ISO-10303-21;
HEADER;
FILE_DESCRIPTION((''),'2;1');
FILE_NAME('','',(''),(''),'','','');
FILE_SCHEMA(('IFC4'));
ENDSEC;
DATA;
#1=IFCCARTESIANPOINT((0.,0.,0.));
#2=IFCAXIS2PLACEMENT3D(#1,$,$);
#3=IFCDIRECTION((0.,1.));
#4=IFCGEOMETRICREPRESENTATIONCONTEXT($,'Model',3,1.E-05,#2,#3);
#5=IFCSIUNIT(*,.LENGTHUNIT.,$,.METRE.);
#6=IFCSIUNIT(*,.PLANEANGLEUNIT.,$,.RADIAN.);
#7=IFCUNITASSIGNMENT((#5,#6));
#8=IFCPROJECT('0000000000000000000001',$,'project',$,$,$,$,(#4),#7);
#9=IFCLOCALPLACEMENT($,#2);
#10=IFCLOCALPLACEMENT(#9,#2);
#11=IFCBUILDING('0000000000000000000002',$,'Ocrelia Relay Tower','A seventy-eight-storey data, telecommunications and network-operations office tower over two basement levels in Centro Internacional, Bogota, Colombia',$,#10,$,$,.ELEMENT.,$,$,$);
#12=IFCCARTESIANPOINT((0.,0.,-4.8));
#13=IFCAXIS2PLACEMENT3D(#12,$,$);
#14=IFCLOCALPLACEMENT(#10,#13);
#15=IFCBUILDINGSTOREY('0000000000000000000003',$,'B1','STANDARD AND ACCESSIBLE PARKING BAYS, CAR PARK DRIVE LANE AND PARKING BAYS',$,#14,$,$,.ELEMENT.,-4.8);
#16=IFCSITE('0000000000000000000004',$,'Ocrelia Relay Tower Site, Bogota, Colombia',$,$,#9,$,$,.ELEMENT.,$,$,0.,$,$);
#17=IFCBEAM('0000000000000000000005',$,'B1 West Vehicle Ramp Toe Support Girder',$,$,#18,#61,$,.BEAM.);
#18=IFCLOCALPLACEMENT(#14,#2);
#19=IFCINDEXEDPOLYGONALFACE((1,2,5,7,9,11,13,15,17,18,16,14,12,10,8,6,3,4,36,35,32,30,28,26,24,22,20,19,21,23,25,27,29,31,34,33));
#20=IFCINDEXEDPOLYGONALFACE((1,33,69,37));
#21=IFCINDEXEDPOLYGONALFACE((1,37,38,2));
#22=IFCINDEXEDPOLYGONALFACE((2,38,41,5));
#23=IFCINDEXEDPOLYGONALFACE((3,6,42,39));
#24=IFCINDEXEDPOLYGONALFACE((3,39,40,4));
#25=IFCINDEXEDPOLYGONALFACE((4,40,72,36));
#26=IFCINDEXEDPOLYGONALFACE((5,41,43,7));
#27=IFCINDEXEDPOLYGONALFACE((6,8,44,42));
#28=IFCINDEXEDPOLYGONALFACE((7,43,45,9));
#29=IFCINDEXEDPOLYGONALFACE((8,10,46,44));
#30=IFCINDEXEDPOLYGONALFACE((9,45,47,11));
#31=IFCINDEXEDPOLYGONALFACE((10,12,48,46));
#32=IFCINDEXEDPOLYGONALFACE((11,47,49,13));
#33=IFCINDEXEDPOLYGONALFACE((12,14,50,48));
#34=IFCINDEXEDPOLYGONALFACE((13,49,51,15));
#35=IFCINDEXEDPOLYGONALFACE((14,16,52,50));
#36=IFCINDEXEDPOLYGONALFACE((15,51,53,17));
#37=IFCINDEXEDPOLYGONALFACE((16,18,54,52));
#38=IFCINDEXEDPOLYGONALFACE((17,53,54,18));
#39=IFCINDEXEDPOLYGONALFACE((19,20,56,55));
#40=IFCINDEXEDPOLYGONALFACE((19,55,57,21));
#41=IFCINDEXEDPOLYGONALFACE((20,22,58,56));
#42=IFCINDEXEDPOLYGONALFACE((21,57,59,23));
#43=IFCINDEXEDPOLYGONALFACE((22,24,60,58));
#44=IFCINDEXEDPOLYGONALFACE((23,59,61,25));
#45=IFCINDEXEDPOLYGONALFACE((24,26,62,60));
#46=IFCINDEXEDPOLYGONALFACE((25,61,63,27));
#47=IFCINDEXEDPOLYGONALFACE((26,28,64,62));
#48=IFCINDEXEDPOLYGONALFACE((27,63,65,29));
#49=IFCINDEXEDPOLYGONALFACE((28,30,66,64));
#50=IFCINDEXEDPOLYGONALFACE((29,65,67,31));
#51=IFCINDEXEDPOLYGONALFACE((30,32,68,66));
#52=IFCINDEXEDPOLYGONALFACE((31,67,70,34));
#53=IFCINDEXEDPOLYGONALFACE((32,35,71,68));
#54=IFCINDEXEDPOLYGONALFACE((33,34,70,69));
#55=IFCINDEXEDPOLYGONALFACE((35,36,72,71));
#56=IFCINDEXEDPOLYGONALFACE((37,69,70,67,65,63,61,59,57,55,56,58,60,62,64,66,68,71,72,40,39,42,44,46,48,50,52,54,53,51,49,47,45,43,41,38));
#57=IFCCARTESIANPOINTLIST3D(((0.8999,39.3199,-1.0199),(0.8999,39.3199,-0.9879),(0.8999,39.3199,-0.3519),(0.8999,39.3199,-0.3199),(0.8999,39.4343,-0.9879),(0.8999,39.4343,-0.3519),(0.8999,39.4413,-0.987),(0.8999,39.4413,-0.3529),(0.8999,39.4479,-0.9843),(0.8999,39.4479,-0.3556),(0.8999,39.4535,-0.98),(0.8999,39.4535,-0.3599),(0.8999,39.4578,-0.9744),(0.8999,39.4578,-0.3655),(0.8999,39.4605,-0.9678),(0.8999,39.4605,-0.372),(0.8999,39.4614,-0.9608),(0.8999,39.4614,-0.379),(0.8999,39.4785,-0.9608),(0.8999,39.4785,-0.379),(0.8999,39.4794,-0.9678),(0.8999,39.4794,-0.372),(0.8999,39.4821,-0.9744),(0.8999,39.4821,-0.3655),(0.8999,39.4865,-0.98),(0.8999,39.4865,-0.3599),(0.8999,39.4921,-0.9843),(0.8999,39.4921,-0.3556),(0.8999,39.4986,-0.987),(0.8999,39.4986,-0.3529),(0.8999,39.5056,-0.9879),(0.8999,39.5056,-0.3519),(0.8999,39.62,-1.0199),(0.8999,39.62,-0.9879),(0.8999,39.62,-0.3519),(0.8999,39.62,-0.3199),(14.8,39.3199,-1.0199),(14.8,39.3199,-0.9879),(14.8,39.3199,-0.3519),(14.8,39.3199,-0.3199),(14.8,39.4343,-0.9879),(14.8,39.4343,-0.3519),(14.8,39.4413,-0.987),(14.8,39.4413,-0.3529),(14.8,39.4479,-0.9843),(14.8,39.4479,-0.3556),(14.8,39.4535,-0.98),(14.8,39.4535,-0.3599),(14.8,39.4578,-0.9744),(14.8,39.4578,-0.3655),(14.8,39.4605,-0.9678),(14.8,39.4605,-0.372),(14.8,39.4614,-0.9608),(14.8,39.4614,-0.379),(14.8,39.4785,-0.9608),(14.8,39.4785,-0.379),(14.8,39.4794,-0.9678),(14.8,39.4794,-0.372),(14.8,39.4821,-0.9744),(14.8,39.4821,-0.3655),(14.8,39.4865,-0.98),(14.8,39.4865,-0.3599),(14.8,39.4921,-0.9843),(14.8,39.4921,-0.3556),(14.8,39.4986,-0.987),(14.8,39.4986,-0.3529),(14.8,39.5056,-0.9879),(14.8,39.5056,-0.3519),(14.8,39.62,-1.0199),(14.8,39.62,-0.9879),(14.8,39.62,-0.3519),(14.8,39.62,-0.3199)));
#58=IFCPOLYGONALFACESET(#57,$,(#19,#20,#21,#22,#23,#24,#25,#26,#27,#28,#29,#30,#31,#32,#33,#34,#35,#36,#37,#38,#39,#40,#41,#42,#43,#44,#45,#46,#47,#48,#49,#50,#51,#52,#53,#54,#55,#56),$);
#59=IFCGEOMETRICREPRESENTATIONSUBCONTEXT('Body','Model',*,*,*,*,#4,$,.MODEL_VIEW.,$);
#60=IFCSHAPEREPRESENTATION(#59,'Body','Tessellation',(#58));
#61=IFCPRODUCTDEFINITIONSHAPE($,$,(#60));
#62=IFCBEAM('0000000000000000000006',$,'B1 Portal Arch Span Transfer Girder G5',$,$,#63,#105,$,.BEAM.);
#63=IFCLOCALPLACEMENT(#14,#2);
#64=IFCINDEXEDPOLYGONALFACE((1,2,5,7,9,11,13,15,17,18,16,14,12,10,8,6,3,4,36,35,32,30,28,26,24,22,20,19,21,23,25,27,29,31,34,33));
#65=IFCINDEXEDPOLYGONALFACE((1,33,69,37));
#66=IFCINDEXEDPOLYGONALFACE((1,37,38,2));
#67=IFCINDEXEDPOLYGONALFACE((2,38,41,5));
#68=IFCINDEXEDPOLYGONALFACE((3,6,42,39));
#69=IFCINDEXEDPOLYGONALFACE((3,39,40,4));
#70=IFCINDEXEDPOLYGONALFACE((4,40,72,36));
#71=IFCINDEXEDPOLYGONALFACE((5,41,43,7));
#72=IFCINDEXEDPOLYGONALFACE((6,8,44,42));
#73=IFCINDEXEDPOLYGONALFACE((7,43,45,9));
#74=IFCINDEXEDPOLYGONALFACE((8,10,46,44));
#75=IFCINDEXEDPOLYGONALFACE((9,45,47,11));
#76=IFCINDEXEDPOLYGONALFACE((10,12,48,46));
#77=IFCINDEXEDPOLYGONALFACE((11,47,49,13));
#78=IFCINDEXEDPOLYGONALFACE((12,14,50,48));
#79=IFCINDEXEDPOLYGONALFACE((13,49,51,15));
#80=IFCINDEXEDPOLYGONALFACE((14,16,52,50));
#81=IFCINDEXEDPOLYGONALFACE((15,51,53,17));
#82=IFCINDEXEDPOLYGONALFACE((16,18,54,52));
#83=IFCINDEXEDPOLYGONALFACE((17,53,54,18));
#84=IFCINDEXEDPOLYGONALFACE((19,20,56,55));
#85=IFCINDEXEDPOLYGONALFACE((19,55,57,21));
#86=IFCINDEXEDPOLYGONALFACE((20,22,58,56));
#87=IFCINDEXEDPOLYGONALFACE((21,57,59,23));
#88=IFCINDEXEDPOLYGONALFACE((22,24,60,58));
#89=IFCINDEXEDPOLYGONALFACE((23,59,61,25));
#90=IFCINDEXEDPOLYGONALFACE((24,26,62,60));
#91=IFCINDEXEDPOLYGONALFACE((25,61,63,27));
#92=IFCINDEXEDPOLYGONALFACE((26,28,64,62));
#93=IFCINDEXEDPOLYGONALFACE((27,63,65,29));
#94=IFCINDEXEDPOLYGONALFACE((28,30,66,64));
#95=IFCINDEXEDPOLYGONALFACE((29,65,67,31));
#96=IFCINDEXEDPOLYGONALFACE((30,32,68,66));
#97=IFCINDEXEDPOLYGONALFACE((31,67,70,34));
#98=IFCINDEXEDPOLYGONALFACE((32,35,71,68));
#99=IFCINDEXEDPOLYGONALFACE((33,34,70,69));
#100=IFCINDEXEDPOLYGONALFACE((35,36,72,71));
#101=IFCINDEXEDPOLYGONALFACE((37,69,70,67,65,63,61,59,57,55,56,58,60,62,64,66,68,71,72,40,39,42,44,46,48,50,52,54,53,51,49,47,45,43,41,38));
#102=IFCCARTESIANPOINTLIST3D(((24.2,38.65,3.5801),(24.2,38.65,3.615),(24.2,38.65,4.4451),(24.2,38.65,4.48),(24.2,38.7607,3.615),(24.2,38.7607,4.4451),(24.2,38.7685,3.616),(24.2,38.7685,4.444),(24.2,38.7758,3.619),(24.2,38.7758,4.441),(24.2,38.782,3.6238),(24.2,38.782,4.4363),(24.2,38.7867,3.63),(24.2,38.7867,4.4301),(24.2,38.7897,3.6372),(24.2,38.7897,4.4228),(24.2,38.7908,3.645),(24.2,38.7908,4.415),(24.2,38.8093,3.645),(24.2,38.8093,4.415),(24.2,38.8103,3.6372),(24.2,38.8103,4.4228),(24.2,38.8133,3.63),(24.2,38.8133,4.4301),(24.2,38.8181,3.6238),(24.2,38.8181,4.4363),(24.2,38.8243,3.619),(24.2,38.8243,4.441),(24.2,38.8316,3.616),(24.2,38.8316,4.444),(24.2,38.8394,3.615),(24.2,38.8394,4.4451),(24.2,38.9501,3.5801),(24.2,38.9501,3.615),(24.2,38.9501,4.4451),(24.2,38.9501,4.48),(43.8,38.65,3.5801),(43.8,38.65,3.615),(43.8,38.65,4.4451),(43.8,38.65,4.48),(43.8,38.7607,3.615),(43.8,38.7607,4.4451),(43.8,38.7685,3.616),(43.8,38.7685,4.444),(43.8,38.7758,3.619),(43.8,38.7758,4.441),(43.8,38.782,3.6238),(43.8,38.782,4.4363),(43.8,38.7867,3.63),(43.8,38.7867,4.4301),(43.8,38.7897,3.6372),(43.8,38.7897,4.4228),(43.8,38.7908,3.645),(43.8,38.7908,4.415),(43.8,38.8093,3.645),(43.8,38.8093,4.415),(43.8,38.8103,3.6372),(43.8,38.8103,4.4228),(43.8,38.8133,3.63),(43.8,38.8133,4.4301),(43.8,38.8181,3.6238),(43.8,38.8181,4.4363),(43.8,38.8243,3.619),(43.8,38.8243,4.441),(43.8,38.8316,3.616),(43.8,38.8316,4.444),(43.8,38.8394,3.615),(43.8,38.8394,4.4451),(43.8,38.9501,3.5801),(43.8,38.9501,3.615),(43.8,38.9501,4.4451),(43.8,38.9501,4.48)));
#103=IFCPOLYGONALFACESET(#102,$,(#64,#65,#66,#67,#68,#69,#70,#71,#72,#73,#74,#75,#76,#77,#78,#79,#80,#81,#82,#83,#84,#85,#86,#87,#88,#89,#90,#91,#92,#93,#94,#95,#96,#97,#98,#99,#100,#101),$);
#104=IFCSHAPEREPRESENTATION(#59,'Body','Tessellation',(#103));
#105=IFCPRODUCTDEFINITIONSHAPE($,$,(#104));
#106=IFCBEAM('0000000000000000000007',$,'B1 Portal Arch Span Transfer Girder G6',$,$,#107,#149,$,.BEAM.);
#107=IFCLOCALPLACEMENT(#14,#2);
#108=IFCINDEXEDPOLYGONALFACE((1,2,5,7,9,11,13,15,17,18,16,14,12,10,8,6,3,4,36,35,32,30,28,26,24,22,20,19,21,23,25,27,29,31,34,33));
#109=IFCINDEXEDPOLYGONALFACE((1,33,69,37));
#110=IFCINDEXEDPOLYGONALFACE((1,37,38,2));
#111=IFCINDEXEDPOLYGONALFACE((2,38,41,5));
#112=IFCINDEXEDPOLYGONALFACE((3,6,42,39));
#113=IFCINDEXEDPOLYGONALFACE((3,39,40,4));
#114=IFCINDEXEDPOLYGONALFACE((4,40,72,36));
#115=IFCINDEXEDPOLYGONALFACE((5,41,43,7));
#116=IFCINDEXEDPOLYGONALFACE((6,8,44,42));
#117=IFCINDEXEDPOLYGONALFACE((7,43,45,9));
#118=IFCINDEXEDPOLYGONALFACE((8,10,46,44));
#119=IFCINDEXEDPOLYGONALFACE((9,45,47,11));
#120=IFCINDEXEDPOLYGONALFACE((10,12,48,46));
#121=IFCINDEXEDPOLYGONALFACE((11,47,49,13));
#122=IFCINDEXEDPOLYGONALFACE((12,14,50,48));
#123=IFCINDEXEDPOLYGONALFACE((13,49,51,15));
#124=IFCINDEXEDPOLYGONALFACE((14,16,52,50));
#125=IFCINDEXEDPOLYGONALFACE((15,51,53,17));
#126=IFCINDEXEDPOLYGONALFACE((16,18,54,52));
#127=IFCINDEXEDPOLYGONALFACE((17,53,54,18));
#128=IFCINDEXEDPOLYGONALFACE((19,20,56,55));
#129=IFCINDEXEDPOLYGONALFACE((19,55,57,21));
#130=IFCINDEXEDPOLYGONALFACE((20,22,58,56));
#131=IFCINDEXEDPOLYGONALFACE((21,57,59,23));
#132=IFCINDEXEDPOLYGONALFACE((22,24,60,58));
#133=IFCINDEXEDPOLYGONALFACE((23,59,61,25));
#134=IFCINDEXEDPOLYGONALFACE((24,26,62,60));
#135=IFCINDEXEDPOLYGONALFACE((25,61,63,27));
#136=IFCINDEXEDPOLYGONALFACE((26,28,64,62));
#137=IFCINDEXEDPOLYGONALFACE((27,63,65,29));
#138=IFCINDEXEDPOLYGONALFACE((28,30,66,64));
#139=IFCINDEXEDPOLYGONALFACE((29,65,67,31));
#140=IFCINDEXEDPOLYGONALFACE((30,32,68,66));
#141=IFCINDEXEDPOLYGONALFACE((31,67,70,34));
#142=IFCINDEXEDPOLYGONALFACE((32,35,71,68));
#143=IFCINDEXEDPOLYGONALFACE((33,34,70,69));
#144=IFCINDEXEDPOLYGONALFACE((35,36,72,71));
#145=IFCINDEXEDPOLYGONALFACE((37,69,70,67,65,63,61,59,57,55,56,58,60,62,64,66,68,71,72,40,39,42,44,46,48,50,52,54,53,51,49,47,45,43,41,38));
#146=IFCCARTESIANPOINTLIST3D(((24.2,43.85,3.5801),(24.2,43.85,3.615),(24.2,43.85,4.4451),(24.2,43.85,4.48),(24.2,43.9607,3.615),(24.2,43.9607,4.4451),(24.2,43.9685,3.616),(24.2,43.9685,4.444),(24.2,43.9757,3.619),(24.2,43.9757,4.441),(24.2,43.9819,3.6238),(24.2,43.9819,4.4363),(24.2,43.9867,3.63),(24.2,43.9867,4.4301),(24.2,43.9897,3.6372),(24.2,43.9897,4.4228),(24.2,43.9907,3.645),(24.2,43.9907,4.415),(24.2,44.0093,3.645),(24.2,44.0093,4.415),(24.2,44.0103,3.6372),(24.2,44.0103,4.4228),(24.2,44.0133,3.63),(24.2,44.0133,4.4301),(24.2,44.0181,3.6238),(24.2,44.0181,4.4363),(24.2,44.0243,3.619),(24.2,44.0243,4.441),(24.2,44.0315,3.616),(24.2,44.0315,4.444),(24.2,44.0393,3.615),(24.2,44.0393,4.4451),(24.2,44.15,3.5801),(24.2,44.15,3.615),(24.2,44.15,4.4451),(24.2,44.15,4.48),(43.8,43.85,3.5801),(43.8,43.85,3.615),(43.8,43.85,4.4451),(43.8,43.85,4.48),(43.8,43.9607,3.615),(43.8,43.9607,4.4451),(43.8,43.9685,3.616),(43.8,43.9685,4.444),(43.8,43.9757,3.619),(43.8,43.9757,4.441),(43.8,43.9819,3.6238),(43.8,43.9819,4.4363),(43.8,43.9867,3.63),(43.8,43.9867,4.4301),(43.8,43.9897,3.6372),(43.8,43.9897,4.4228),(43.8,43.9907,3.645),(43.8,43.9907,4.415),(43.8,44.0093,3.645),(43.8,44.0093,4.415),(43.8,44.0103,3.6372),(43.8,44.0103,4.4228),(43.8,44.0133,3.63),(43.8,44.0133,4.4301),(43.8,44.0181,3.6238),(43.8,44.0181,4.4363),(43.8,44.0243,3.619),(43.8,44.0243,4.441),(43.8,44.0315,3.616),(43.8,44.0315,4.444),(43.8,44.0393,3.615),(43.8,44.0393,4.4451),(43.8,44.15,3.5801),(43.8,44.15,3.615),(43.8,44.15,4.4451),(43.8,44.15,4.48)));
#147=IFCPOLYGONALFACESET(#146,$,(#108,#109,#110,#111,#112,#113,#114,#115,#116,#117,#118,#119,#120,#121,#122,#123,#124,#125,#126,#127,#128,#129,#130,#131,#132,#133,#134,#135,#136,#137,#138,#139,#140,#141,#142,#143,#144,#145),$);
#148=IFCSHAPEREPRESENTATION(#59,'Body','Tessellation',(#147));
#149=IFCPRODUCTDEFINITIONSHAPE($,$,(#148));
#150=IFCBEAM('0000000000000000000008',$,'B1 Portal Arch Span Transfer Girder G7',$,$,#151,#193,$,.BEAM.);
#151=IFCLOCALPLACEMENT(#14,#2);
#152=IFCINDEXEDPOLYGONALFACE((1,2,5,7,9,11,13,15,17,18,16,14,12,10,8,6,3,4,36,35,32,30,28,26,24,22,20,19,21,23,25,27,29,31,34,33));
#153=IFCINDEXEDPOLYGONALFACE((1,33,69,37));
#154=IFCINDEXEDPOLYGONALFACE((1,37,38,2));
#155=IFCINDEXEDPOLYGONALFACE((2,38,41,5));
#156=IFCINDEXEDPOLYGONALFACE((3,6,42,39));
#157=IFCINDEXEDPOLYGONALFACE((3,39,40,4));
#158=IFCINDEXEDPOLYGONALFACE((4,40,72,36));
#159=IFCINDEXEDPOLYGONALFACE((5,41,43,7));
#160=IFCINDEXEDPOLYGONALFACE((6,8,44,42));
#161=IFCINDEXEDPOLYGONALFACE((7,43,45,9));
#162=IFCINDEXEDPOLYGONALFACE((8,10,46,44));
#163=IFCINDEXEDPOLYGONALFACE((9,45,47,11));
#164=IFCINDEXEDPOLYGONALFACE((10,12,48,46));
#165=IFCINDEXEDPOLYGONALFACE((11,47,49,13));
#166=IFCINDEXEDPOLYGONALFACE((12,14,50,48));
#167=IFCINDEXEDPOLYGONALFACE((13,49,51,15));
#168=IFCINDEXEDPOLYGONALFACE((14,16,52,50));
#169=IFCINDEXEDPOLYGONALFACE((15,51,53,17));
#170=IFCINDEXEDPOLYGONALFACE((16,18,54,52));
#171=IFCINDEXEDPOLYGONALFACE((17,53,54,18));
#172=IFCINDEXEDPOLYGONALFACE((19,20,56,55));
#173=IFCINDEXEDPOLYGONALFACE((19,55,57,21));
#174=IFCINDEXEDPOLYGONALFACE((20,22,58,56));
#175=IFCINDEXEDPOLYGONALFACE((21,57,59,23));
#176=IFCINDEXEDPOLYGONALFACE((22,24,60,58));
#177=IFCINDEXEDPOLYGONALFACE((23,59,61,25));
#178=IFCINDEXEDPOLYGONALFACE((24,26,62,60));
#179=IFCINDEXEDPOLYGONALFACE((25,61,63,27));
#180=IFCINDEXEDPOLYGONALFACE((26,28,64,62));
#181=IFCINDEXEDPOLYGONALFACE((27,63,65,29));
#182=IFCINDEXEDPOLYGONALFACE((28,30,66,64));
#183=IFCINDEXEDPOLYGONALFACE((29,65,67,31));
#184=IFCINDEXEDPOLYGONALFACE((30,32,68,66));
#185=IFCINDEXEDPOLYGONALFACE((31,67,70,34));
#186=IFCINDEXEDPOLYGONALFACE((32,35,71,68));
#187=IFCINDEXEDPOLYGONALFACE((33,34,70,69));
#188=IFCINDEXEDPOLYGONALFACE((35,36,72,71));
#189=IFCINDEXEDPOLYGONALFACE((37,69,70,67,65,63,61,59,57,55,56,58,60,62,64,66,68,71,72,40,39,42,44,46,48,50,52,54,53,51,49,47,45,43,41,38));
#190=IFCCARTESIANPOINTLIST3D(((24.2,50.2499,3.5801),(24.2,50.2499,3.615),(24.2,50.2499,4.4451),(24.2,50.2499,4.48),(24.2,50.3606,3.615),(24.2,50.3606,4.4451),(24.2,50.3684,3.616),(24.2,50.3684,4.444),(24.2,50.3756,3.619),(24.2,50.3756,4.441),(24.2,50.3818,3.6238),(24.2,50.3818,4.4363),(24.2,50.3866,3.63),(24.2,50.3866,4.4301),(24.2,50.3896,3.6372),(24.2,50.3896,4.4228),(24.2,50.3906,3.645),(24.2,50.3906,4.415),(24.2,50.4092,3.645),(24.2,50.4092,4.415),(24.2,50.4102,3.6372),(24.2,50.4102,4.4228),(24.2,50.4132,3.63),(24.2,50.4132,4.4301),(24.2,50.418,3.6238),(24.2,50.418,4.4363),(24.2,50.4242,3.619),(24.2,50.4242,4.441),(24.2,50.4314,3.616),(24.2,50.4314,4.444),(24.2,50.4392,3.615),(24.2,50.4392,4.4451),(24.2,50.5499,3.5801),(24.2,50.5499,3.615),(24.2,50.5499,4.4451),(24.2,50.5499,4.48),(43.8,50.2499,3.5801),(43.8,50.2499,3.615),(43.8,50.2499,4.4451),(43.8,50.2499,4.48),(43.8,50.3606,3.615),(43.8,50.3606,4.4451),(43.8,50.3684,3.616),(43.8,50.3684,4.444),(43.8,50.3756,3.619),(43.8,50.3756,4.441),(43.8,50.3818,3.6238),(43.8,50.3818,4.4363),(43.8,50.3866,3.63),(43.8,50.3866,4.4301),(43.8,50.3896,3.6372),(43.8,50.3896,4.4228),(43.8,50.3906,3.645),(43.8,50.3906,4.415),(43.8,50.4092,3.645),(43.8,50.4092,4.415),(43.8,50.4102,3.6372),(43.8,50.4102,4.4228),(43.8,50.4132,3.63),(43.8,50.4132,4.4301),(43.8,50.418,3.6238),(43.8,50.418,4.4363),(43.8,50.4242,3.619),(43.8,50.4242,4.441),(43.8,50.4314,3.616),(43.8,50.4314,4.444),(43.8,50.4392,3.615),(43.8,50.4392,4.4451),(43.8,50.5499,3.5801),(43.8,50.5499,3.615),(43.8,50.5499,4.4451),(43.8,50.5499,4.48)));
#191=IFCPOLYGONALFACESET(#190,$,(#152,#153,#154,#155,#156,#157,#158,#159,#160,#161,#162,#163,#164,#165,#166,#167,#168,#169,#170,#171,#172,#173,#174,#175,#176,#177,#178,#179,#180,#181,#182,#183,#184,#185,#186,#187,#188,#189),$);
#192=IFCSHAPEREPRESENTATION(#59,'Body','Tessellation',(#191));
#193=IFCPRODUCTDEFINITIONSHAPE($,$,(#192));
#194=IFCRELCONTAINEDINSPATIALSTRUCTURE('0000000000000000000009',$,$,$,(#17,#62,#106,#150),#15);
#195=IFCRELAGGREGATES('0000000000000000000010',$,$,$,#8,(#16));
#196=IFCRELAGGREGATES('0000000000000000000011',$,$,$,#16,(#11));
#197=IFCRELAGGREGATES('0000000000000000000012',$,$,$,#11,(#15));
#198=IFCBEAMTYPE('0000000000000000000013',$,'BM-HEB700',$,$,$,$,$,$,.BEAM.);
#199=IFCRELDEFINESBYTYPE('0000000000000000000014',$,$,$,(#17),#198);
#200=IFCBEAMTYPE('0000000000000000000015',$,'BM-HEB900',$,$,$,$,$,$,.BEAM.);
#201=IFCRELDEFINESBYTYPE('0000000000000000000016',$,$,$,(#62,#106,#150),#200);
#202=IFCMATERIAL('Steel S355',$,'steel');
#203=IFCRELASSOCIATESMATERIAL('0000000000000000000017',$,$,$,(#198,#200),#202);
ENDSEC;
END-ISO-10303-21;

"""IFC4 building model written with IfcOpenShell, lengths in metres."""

from ifc_helpers import new_model, si_unit, direction, frame, origin, origin_2d, place, context, subcontext, project, spatial, i_section, extrude, material, material_profile, profile_set, type_object, element, save


model = new_model("IFC4")

# Units and contexts
model_context = context("Model", 3, precision=1e-05, world=origin(), true_north=direction((0.0, 1.0)))
body_context = subcontext(model_context, "Body", "Model", "MODEL_VIEW")
ifc_project = project(units=[si_unit("LENGTHUNIT", "METRE"), si_unit("PLANEANGLEUNIT", "RADIAN")], contexts=[model_context])

# Site, building, storey
site_placement = place(None, origin())
site = spatial("IfcSite", under=ifc_project, at=site_placement, Name="Ocrelia Relay Tower Site, Bogota, Colombia", CompositionType="ELEMENT", RefElevation=0.0)
building_placement = place(site_placement, origin())
building = spatial("IfcBuilding", under=site, at=building_placement, Name="Ocrelia Relay Tower", Description="A seventy-eight-storey data, telecommunications and network-operations office tower over two basement levels in Centro Internacional, Bogota, Colombia", CompositionType="ELEMENT")
storey_placement = place(building_placement, frame((0.0, 0.0, -4.8)))
storey = spatial("IfcBuildingStorey", under=building, at=storey_placement, Name="B1", Description="STANDARD AND ACCESSIBLE PARKING BAYS, CAR PARK DRIVE LANE AND PARKING BAYS", CompositionType="ELEMENT", Elevation=-4.8)

# Beams
ifc_material_1 = material(Name="Steel S355", Category="steel")
ifc_material_profile_1 = material_profile(ifc_material_1, i_section(OverallWidth=0.3, OverallDepth=0.7, WebThickness=0.0171, FlangeThickness=0.032, FilletRadius=0.0271, at=origin_2d()), Name="HEB 700")
ifc_profile_set_1 = profile_set([ifc_material_profile_1], Name="Steel S355")
beam_type_1 = type_object("IfcBeamType", Name="BM-HEB700", PredefinedType="BEAM", material=ifc_profile_set_1)
beam_1_placement = place(storey_placement, frame((0.8999, 39.47, -0.6699), z_axis=(1.0, 0.0, 0.0), x_axis=(0.0, 1.0, 0.0)))
element("IfcBeam", 1, at=beam_1_placement, inside=storey, type_object=beam_type_1, Name="B1 West Vehicle Ramp Toe Support Girder", PredefinedType="BEAM", context=body_context, shape_type="SweptSolid", body=[
    extrude(i_section(OverallWidth=0.3, OverallDepth=0.7, WebThickness=0.0171, FlangeThickness=0.032, FilletRadius=0.0271, at=origin_2d()), origin(), (0.0, 0.0, 1.0), 13.9001),
])
ifc_material_profile_2 = material_profile(ifc_material_1, i_section(OverallWidth=0.3, OverallDepth=0.8999, WebThickness=0.0186, FlangeThickness=0.0349, FilletRadius=0.03, at=origin_2d()), Name="HEB 900")
ifc_profile_set_2 = profile_set([ifc_material_profile_2], Name="Steel S355")
beam_type_2 = type_object("IfcBeamType", Name="BM-HEB900", PredefinedType="BEAM", material=ifc_profile_set_2)
for number, where, z_axis, x_axis, name in (
    (2, (24.2, 38.8, 4.03), (1.0, 0.0, 0.0), (0.0, 1.0, 0.0), "B1 Portal Arch Span Transfer Girder G5"),
    (3, (24.2, 44.0, 4.03), (1.0, 0.0, 0.0), (0.0, 1.0, 0.0), "B1 Portal Arch Span Transfer Girder G6"),
    (4, (24.2, 50.3999, 4.03), (1.0, 0.0, 0.0), (0.0, 1.0, 0.0), "B1 Portal Arch Span Transfer Girder G7"),
):
    element("IfcBeam", number, at=place(storey_placement, frame(where, z_axis=z_axis, x_axis=x_axis)), inside=storey, type_object=beam_type_2, Name=name, PredefinedType="BEAM", context=body_context, shape_type="SweptSolid", body=[
        extrude(i_section(OverallWidth=0.3, OverallDepth=0.8999, WebThickness=0.0186, FlangeThickness=0.0349, FilletRadius=0.03, at=origin_2d()), origin(), (0.0, 0.0, 1.0), 19.6001),
    ])

save(model, "model.ifc")
